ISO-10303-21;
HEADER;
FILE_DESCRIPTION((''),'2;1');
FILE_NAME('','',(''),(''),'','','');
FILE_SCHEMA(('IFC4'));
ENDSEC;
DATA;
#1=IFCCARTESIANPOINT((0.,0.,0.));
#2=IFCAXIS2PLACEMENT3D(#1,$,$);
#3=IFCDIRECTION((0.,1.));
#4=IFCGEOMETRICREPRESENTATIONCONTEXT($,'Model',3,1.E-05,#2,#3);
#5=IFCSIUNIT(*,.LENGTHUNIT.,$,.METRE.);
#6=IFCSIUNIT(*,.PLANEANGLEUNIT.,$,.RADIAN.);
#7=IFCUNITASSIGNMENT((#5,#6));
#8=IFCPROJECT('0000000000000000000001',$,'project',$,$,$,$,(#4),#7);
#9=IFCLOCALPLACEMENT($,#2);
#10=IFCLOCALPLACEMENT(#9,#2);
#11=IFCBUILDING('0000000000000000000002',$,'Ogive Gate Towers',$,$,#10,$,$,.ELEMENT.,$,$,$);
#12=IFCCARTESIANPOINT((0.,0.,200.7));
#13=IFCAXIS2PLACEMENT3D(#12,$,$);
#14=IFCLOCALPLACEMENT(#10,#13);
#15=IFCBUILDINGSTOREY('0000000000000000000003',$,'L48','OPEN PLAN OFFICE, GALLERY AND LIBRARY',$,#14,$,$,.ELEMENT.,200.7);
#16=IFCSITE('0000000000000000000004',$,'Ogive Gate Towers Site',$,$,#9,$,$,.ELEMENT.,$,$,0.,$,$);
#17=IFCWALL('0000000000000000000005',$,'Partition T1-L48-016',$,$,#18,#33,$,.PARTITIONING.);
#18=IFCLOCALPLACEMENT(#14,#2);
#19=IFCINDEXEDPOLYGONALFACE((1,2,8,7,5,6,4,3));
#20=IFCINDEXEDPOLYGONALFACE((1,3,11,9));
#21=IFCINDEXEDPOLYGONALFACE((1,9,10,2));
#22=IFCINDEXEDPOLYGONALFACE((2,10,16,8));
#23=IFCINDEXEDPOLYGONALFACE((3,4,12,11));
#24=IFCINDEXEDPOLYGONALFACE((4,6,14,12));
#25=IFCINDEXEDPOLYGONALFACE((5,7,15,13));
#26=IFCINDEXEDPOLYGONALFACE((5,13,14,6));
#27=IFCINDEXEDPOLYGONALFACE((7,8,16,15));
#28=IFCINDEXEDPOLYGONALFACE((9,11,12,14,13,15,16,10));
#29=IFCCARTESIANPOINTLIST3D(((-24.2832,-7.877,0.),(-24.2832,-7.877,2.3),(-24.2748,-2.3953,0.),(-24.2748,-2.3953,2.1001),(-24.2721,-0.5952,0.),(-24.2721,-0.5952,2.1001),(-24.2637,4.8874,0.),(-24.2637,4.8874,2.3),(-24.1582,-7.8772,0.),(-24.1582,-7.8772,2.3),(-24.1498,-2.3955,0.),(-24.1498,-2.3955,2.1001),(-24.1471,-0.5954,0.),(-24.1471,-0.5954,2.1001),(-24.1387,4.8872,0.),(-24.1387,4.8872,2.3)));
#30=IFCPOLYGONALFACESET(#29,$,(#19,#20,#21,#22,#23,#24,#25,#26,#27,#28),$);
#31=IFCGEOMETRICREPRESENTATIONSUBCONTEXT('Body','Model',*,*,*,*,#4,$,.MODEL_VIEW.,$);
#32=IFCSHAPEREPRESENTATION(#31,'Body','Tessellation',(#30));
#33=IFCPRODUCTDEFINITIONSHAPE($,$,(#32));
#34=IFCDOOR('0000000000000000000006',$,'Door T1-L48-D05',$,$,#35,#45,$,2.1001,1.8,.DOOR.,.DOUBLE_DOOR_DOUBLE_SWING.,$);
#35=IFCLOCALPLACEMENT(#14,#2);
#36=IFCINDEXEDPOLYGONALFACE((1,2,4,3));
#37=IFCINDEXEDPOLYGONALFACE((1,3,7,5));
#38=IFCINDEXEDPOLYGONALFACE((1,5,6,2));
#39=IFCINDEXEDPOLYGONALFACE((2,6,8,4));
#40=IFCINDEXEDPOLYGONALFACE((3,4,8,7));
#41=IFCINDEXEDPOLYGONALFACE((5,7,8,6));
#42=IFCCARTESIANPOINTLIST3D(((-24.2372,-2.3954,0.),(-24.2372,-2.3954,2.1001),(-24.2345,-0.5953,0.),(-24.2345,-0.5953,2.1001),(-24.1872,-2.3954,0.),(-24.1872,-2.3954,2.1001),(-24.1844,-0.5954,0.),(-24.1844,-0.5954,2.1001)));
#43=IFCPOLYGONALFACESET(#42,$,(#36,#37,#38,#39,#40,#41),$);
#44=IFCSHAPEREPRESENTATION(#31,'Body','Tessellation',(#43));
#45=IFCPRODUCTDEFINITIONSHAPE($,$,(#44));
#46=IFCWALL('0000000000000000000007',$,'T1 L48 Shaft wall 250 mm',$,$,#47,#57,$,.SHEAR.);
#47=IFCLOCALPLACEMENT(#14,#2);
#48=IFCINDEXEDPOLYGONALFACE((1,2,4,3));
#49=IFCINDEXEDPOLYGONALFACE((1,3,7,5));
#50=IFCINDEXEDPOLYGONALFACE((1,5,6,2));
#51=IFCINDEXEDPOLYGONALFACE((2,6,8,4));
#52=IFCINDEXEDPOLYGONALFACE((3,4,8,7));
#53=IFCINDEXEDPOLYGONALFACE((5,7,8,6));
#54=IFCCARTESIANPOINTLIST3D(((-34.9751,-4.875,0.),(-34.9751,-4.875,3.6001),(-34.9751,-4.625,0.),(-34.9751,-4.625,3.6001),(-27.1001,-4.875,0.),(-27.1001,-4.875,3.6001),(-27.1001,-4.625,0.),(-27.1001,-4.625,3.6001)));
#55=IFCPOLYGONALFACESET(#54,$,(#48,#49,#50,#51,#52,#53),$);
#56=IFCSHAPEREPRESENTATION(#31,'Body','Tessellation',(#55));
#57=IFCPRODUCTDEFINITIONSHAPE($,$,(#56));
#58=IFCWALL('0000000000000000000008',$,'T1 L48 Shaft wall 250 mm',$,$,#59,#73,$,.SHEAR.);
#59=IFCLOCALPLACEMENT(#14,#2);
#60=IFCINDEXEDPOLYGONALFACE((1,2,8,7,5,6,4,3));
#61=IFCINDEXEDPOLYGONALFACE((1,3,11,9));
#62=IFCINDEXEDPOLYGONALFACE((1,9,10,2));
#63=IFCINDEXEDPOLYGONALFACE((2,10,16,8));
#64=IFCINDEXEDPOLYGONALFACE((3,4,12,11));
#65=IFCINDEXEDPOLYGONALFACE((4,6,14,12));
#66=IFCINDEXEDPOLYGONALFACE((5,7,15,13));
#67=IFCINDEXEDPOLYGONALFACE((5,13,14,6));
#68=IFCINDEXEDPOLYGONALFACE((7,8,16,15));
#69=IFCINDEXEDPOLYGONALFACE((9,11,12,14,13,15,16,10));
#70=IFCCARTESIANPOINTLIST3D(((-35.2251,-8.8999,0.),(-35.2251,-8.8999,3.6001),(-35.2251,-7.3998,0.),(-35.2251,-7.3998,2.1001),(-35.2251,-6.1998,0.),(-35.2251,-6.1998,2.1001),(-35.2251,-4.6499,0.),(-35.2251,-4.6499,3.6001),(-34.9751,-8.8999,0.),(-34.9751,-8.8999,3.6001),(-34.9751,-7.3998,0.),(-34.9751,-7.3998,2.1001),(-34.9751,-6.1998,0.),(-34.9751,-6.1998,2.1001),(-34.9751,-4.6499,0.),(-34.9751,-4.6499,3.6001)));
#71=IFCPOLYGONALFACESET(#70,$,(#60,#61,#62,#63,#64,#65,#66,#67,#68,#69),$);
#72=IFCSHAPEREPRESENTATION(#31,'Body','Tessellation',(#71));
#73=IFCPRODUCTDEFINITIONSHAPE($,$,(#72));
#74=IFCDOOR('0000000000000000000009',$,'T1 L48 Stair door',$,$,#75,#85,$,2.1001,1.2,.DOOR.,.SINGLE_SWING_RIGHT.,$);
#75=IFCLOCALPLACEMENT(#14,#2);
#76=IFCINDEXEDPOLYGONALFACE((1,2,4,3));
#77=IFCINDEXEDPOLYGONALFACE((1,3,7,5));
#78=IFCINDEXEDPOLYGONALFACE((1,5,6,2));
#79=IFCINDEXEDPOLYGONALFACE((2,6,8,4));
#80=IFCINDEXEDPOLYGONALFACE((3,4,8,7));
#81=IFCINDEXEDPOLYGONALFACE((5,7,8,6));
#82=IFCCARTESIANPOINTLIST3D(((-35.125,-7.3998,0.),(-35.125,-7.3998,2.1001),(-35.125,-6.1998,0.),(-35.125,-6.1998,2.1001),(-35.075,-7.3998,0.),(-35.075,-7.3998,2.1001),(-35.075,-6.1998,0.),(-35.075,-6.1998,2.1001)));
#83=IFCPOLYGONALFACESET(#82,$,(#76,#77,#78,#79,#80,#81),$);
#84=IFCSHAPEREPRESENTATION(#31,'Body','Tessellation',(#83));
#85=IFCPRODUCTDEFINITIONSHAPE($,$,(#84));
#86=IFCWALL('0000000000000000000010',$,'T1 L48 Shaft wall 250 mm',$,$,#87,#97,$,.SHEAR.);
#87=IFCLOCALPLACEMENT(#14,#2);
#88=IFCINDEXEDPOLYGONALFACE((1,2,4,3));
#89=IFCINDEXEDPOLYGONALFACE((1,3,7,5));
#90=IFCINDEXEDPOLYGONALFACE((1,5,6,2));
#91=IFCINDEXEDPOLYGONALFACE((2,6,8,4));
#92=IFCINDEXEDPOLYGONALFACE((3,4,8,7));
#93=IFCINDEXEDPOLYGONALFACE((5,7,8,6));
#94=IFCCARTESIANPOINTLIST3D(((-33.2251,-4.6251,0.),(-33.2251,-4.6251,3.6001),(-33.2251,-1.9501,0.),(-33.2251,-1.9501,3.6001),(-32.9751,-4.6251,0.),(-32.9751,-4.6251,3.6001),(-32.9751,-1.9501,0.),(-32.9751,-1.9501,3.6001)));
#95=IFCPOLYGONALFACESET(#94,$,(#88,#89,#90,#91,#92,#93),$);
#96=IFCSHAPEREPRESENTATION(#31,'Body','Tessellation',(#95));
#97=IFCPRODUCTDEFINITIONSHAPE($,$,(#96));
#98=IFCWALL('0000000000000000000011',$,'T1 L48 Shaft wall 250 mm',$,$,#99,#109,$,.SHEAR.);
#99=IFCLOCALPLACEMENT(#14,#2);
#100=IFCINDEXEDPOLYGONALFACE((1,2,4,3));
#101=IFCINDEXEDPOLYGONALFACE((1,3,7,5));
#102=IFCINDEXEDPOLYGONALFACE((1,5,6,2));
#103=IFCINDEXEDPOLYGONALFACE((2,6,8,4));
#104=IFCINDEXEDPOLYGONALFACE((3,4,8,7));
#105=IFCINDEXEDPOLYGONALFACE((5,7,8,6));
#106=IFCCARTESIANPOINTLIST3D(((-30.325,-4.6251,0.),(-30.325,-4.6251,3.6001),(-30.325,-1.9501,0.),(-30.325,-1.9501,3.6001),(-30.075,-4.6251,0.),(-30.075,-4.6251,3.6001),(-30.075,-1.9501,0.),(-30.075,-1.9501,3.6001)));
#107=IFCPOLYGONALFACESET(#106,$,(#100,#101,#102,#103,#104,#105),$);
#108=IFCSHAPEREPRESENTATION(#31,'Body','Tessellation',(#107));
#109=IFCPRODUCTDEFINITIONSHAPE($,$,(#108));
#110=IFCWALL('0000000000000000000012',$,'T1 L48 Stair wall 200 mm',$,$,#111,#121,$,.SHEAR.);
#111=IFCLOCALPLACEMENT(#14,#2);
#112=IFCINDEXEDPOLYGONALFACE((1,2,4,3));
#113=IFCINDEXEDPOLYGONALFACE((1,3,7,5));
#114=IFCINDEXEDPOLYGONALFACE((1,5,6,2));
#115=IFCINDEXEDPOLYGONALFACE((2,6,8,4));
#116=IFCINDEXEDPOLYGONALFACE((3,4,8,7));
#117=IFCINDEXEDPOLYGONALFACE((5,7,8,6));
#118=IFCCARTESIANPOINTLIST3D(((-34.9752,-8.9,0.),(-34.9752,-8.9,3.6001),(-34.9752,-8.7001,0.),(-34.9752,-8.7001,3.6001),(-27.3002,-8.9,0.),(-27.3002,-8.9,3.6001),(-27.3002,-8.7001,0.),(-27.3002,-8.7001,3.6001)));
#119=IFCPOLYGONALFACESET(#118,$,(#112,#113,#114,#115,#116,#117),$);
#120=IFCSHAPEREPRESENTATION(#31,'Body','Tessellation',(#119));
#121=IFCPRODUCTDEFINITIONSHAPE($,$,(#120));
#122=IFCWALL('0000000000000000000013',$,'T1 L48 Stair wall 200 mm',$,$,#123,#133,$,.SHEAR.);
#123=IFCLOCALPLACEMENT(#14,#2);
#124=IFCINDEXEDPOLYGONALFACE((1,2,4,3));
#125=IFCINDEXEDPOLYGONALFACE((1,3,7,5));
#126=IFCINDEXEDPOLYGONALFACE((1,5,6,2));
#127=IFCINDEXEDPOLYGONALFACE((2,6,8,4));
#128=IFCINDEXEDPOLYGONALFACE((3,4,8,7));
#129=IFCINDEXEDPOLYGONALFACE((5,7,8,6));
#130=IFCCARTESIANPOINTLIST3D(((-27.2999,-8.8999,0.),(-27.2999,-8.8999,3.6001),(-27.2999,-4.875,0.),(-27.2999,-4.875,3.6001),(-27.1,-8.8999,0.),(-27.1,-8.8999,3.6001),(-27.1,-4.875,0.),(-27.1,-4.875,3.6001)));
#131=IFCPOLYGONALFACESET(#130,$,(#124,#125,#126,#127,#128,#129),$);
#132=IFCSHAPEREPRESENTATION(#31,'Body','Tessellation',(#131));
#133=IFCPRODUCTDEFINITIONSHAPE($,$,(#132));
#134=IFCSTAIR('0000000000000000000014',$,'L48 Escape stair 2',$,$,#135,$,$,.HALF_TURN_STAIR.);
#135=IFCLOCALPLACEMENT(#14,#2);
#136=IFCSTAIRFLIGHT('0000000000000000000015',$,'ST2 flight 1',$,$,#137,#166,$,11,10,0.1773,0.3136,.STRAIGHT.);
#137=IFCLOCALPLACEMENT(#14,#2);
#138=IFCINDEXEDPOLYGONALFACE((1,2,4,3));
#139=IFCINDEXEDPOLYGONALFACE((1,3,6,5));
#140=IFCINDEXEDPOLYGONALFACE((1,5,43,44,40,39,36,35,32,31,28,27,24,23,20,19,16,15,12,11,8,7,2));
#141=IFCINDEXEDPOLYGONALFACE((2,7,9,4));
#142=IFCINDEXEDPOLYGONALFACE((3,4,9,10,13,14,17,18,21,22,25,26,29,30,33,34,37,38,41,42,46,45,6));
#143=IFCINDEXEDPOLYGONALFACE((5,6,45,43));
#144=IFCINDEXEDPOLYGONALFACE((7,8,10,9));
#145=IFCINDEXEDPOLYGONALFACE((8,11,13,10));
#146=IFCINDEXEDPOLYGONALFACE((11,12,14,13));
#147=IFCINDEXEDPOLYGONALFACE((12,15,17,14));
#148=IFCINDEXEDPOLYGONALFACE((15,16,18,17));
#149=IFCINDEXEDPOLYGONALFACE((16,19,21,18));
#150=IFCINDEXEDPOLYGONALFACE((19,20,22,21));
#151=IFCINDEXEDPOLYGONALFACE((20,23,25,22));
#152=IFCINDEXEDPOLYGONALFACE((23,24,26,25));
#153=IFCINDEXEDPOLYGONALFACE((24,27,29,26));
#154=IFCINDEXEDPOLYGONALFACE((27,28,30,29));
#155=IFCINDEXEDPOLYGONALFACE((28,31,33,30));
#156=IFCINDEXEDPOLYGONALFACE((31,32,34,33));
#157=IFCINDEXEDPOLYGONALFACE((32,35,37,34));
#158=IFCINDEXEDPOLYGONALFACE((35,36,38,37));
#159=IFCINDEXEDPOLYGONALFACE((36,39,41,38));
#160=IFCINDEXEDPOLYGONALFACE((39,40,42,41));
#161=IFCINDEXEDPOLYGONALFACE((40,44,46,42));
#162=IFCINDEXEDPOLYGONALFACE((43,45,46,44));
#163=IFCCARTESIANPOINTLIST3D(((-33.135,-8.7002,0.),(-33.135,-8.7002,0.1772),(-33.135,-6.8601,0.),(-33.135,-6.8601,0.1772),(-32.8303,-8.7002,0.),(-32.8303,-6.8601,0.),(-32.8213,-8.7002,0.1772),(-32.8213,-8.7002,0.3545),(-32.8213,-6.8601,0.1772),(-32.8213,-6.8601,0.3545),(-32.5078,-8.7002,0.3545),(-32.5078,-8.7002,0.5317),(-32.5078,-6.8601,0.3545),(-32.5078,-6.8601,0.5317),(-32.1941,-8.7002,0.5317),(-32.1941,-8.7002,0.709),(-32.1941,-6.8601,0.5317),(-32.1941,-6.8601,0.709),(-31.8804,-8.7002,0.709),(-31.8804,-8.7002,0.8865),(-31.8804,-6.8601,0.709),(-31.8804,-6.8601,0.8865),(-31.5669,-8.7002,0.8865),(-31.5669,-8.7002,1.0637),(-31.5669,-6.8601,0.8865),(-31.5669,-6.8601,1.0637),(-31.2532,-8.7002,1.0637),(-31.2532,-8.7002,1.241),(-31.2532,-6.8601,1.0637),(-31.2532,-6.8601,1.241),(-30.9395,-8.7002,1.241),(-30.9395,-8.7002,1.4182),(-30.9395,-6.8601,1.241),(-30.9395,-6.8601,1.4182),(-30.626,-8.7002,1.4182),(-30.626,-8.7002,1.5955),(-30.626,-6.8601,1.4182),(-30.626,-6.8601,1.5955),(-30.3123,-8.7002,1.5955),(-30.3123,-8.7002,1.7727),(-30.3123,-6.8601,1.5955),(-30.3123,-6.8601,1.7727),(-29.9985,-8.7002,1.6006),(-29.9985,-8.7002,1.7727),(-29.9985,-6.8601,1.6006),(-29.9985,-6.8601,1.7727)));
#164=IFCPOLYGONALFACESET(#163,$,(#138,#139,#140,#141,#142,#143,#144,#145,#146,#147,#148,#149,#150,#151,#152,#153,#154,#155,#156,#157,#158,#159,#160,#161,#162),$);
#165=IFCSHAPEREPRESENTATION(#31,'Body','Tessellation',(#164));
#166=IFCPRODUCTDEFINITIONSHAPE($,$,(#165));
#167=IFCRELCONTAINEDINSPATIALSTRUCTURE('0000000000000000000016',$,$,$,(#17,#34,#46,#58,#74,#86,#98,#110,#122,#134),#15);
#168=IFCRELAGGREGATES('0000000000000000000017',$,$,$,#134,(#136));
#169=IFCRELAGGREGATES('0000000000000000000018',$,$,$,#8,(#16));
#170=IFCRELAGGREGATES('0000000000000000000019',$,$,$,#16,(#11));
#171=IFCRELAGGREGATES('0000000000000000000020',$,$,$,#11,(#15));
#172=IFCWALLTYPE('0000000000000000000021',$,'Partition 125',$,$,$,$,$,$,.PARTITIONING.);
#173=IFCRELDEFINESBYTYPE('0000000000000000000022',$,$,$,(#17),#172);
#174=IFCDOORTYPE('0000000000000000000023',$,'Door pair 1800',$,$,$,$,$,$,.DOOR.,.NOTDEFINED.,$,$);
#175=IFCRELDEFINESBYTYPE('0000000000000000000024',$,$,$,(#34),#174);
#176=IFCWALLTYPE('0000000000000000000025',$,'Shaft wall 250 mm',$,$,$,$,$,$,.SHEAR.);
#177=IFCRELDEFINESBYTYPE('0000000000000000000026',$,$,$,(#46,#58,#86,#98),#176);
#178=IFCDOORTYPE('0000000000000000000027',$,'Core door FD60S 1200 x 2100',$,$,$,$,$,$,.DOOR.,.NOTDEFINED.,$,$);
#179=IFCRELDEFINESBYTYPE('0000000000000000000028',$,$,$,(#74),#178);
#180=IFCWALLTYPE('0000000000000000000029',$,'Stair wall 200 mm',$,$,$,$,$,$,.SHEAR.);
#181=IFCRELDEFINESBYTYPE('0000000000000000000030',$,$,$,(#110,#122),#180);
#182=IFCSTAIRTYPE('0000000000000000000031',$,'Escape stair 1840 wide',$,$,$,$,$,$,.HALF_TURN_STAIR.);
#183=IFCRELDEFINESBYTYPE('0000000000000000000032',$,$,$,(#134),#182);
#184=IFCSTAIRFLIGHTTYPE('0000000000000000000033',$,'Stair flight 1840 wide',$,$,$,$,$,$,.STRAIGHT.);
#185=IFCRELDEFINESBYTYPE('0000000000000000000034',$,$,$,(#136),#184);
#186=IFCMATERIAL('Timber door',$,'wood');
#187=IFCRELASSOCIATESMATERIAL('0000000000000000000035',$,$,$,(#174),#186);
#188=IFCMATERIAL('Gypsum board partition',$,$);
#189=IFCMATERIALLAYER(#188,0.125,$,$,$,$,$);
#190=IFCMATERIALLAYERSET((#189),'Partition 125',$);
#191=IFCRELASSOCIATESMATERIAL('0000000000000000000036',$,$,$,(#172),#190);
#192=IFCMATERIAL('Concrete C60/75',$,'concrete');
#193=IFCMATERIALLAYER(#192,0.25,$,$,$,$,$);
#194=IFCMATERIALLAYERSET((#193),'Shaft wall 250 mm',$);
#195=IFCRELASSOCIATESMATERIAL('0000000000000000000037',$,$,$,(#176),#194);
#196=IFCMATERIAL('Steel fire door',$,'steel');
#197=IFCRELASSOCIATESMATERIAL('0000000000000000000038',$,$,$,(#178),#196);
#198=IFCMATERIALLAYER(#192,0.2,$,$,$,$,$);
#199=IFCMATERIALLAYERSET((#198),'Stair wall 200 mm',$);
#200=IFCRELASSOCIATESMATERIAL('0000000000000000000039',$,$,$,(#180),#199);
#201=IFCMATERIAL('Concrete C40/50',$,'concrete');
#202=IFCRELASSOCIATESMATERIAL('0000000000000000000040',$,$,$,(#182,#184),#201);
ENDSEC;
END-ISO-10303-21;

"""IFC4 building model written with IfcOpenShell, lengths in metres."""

from ifc_helpers import new_model, si_unit, direction, frame, frame_2d, origin, place, context, subcontext, project, spatial, polyline, rectangle, outline, extrude, material, layer, layer_set, type_object, element, fill, aggregate, save


model = new_model("IFC4")

# Units and contexts
model_context = context("Model", 3, precision=1e-05, world=origin(), true_north=direction((0.0, 1.0)))
body_context = subcontext(model_context, "Body", "Model", "MODEL_VIEW")
ifc_project = project(units=[si_unit("LENGTHUNIT", "METRE"), si_unit("PLANEANGLEUNIT", "RADIAN")], contexts=[model_context])

# Site, building, storey
site_placement = place(None, origin())
site = spatial("IfcSite", under=ifc_project, at=site_placement, Name="Ogive Gate Towers Site", CompositionType="ELEMENT", RefElevation=0.0)
building_placement = place(site_placement, origin())
building = spatial("IfcBuilding", under=site, at=building_placement, Name="Ogive Gate Towers", CompositionType="ELEMENT")
storey_placement = place(building_placement, frame((0.0, 0.0, 200.7)))
storey = spatial("IfcBuildingStorey", under=building, at=storey_placement, Name="L48", Description="OPEN PLAN OFFICE, GALLERY AND LIBRARY", CompositionType="ELEMENT", Elevation=200.7)

# Shared definitions
ifc_material_1 = material(Name="Timber door", Category="wood")
door_type_1 = type_object("IfcDoorType", Name="Door pair 1800", OperationType="NOTDEFINED", PredefinedType="DOOR", material=ifc_material_1)

# Wall, opening, door
ifc_material_2 = material(Name="Concrete C60/75", Category="concrete")
ifc_material_3 = material(Name="Steel fire door", Category="steel")
ifc_material_4 = material(Name="Gypsum board partition")
ifc_layer_1 = layer(ifc_material_4, 0.125)
ifc_layer_set_1 = layer_set([ifc_layer_1], Name="Partition 125")
wall_type_1 = type_object("IfcWallType", Name="Partition 125", PredefinedType="PARTITIONING", material=ifc_layer_set_1)
wall_1_placement = place(storey_placement, frame((-24.2207, -7.8772, 0.0), z_axis=(0.0, 0.0, 1.0), x_axis=(0.00153, 0.999999, 0.0)))
wall_1 = element("IfcWall", 1, at=wall_1_placement, inside=storey, type_object=wall_type_1, Name="Partition T1-L48-016", PredefinedType="PARTITIONING", context=body_context, shape_type="SweptSolid", body=[
    extrude(rectangle(XDim=12.7644, YDim=0.125, at=frame_2d((6.3823, 0.0))), origin(), (0.0, 0.0, 1.0), 2.3),
])
opening_1_placement = place(wall_1_placement, frame((5.4819, 0.0, 0.0)))
opening_1 = element("IfcOpeningElement", 2, at=opening_1_placement, cuts=wall_1, PredefinedType="OPENING", context=body_context, shape_type="SweptSolid", body=[
    extrude(rectangle(XDim=1.8, YDim=2.1001, at=frame_2d((0.8999, 1.05))), frame((0.0, 0.0725, 0.0), z_axis=(0.0, -1.0, 0.0), x_axis=(1.0, 0.0, 0.0)), (0.0, 0.0, 1.0), 0.145),
])
door_1_placement = place(opening_1_placement, origin())
door_1 = element("IfcDoor", 3, at=door_1_placement, inside=storey, type_object=door_type_1, Name="Door T1-L48-D05", OperationType="DOUBLE_DOOR_DOUBLE_SWING", OverallHeight=2.1001, OverallWidth=1.8, PredefinedType="DOOR", context=body_context, shape_type="SweptSolid", body=[
    extrude(rectangle(XDim=1.8, YDim=2.1001, at=frame_2d((0.8999, 1.05))), frame((0.0, 0.0249, 0.0), z_axis=(0.0, -1.0, 0.0), x_axis=(1.0, 0.0, 0.0)), (0.0, 0.0, 1.0), 0.05),
])
fill(opening_1, door_1)

# Wall
ifc_layer_2 = layer(ifc_material_2, 0.25)
ifc_layer_set_2 = layer_set([ifc_layer_2], Name="Shaft wall 250 mm")
wall_type_2 = type_object("IfcWallType", Name="Shaft wall 250 mm", PredefinedType="SHEAR", material=ifc_layer_set_2)
wall_2_placement = place(storey_placement, frame((-34.9751, -4.75, 0.0), z_axis=(0.0, 0.0, 1.0), x_axis=(1.0, 0.0, 0.0)))
element("IfcWall", 4, at=wall_2_placement, inside=storey, type_object=wall_type_2, Name="T1 L48 Shaft wall 250 mm", PredefinedType="SHEAR", context=body_context, shape_type="SweptSolid", body=[
    extrude(rectangle(XDim=7.875, YDim=0.25, at=frame_2d((3.9375, 0.0))), origin(), (0.0, 0.0, 1.0), 3.6001),
])

# Wall, opening, door
wall_3_placement = place(storey_placement, frame((-35.1001, -8.8999, 0.0), z_axis=(0.0, 0.0, 1.0), x_axis=(0.0, 1.0, 0.0)))
wall_3 = element("IfcWall", 5, at=wall_3_placement, inside=storey, type_object=wall_type_2, Name="T1 L48 Shaft wall 250 mm", PredefinedType="SHEAR", context=body_context, shape_type="SweptSolid", body=[
    extrude(rectangle(XDim=4.25, YDim=0.25, at=frame_2d((2.125, 0.0))), origin(), (0.0, 0.0, 1.0), 3.6001),
])
opening_2_placement = place(wall_3_placement, frame((1.5, 0.0, 0.0)))
opening_2 = element("IfcOpeningElement", 6, at=opening_2_placement, cuts=wall_3, PredefinedType="OPENING", context=body_context, shape_type="SweptSolid", body=[
    extrude(rectangle(XDim=1.2, YDim=2.1001, at=frame_2d((0.6001, 1.05))), frame((0.0, 0.135, 0.0), z_axis=(0.0, -1.0, 0.0), x_axis=(1.0, 0.0, 0.0)), (0.0, 0.0, 1.0), 0.27),
])
door_type_2 = type_object("IfcDoorType", Name="Core door FD60S 1200 x 2100", OperationType="NOTDEFINED", PredefinedType="DOOR", material=ifc_material_3)
door_2_placement = place(opening_2_placement, origin())
door_2 = element("IfcDoor", 7, at=door_2_placement, inside=storey, type_object=door_type_2, Name="T1 L48 Stair door", OperationType="SINGLE_SWING_RIGHT", OverallHeight=2.1001, OverallWidth=1.2, PredefinedType="DOOR", context=body_context, shape_type="SweptSolid", body=[
    extrude(rectangle(XDim=1.2, YDim=2.1001, at=frame_2d((0.6001, 1.05))), frame((0.0, 0.0249, 0.0), z_axis=(0.0, -1.0, 0.0), x_axis=(1.0, 0.0, 0.0)), (0.0, 0.0, 1.0), 0.05),
])
fill(opening_2, door_2)

# Walls
for number, where, z_axis, x_axis, name in (
    (8, (-33.1001, -4.625, 0.0), (0.0, 0.0, 1.0), (0.0, 1.0, 0.0), "T1 L48 Shaft wall 250 mm"),
    (9, (-30.2, -4.625, 0.0), (0.0, 0.0, 1.0), (0.0, 1.0, 0.0), "T1 L48 Shaft wall 250 mm"),
):
    element("IfcWall", number, at=place(storey_placement, frame(where, z_axis=z_axis, x_axis=x_axis)), inside=storey, type_object=wall_type_2, Name=name, PredefinedType="SHEAR", context=body_context, shape_type="SweptSolid", body=[
        extrude(rectangle(XDim=2.675, YDim=0.25, at=frame_2d((1.3374, 0.0))), origin(), (0.0, 0.0, 1.0), 3.6001),
    ])
ifc_layer_3 = layer(ifc_material_2, 0.2)
ifc_layer_set_3 = layer_set([ifc_layer_3], Name="Stair wall 200 mm")
wall_type_3 = type_object("IfcWallType", Name="Stair wall 200 mm", PredefinedType="SHEAR", material=ifc_layer_set_3)
wall_4_placement = place(storey_placement, frame((-34.9751, -8.8, 0.0), z_axis=(0.0, 0.0, 1.0), x_axis=(1.0, 0.0, 0.0)))
element("IfcWall", 10, at=wall_4_placement, inside=storey, type_object=wall_type_3, Name="T1 L48 Stair wall 200 mm", PredefinedType="SHEAR", context=body_context, shape_type="SweptSolid", body=[
    extrude(rectangle(XDim=7.675, YDim=0.2, at=frame_2d((3.8374, 0.0))), origin(), (0.0, 0.0, 1.0), 3.6001),
])
wall_5_placement = place(storey_placement, frame((-27.2, -8.8999, 0.0), z_axis=(0.0, 0.0, 1.0), x_axis=(0.0, 1.0, 0.0)))
element("IfcWall", 11, at=wall_5_placement, inside=storey, type_object=wall_type_3, Name="T1 L48 Stair wall 200 mm", PredefinedType="SHEAR", context=body_context, shape_type="SweptSolid", body=[
    extrude(rectangle(XDim=4.0249, YDim=0.2, at=frame_2d((2.0125, 0.0))), origin(), (0.0, 0.0, 1.0), 3.6001),
])

# Stair, stair flight
ifc_material_5 = material(Name="Concrete C40/50", Category="concrete")
stair_type = type_object("IfcStairType", Name="Escape stair 1840 wide", PredefinedType="HALF_TURN_STAIR", material=ifc_material_5)
stair_placement = place(storey_placement, origin())
stair = element("IfcStair", 12, at=stair_placement, inside=storey, type_object=stair_type, Name="L48 Escape stair 2", PredefinedType="HALF_TURN_STAIR")
stair_flight_type = type_object("IfcStairFlightType", Name="Stair flight 1840 wide", PredefinedType="STRAIGHT", material=ifc_material_5)
stair_flight_1_placement = place(storey_placement, frame((-33.135, -7.78, 0.0), z_axis=(0.0, 0.0, 1.0), x_axis=(1.0, 0.0, 0.0)))
stair_flight_1 = element("IfcStairFlight", 13, at=stair_flight_1_placement, type_object=stair_flight_type, Name="ST2 flight 1", NumberOfRisers=11, NumberOfTreads=10, PredefinedType="STRAIGHT", RiserHeight=0.1773, TreadLength=0.3136, context=body_context, shape_type="SweptSolid", body=[
    extrude(outline(polyline([(0.0, 0.0), (0.0, 0.1772), (0.3137, 0.1772), (0.3137, 0.3545), (0.6272, 0.3545), (0.6272, 0.5317), (0.9409, 0.5317), (0.9409, 0.709), (1.2546, 0.709), (1.2546, 0.8865), (1.5681, 0.8865), (1.5681, 1.0637), (1.8818, 1.0637), (1.8818, 1.241), (2.1956, 1.241), (2.1956, 1.4182), (2.509, 1.4182), (2.509, 1.5955), (2.8228, 1.5955), (2.8228, 1.7727), (3.1365, 1.7727), (3.1365, 1.95), (3.1365, 1.6006), (0.3047, 0.0), (0.0, 0.0)])), frame((0.0, 0.9199, 0.0), z_axis=(0.0, -1.0, 0.0), x_axis=(1.0, 0.0, 0.0)), (0.0, 0.0, 1.0), 1.8401),
])
aggregate(stair, [stair_flight_1])

save(model, "model.ifc")
